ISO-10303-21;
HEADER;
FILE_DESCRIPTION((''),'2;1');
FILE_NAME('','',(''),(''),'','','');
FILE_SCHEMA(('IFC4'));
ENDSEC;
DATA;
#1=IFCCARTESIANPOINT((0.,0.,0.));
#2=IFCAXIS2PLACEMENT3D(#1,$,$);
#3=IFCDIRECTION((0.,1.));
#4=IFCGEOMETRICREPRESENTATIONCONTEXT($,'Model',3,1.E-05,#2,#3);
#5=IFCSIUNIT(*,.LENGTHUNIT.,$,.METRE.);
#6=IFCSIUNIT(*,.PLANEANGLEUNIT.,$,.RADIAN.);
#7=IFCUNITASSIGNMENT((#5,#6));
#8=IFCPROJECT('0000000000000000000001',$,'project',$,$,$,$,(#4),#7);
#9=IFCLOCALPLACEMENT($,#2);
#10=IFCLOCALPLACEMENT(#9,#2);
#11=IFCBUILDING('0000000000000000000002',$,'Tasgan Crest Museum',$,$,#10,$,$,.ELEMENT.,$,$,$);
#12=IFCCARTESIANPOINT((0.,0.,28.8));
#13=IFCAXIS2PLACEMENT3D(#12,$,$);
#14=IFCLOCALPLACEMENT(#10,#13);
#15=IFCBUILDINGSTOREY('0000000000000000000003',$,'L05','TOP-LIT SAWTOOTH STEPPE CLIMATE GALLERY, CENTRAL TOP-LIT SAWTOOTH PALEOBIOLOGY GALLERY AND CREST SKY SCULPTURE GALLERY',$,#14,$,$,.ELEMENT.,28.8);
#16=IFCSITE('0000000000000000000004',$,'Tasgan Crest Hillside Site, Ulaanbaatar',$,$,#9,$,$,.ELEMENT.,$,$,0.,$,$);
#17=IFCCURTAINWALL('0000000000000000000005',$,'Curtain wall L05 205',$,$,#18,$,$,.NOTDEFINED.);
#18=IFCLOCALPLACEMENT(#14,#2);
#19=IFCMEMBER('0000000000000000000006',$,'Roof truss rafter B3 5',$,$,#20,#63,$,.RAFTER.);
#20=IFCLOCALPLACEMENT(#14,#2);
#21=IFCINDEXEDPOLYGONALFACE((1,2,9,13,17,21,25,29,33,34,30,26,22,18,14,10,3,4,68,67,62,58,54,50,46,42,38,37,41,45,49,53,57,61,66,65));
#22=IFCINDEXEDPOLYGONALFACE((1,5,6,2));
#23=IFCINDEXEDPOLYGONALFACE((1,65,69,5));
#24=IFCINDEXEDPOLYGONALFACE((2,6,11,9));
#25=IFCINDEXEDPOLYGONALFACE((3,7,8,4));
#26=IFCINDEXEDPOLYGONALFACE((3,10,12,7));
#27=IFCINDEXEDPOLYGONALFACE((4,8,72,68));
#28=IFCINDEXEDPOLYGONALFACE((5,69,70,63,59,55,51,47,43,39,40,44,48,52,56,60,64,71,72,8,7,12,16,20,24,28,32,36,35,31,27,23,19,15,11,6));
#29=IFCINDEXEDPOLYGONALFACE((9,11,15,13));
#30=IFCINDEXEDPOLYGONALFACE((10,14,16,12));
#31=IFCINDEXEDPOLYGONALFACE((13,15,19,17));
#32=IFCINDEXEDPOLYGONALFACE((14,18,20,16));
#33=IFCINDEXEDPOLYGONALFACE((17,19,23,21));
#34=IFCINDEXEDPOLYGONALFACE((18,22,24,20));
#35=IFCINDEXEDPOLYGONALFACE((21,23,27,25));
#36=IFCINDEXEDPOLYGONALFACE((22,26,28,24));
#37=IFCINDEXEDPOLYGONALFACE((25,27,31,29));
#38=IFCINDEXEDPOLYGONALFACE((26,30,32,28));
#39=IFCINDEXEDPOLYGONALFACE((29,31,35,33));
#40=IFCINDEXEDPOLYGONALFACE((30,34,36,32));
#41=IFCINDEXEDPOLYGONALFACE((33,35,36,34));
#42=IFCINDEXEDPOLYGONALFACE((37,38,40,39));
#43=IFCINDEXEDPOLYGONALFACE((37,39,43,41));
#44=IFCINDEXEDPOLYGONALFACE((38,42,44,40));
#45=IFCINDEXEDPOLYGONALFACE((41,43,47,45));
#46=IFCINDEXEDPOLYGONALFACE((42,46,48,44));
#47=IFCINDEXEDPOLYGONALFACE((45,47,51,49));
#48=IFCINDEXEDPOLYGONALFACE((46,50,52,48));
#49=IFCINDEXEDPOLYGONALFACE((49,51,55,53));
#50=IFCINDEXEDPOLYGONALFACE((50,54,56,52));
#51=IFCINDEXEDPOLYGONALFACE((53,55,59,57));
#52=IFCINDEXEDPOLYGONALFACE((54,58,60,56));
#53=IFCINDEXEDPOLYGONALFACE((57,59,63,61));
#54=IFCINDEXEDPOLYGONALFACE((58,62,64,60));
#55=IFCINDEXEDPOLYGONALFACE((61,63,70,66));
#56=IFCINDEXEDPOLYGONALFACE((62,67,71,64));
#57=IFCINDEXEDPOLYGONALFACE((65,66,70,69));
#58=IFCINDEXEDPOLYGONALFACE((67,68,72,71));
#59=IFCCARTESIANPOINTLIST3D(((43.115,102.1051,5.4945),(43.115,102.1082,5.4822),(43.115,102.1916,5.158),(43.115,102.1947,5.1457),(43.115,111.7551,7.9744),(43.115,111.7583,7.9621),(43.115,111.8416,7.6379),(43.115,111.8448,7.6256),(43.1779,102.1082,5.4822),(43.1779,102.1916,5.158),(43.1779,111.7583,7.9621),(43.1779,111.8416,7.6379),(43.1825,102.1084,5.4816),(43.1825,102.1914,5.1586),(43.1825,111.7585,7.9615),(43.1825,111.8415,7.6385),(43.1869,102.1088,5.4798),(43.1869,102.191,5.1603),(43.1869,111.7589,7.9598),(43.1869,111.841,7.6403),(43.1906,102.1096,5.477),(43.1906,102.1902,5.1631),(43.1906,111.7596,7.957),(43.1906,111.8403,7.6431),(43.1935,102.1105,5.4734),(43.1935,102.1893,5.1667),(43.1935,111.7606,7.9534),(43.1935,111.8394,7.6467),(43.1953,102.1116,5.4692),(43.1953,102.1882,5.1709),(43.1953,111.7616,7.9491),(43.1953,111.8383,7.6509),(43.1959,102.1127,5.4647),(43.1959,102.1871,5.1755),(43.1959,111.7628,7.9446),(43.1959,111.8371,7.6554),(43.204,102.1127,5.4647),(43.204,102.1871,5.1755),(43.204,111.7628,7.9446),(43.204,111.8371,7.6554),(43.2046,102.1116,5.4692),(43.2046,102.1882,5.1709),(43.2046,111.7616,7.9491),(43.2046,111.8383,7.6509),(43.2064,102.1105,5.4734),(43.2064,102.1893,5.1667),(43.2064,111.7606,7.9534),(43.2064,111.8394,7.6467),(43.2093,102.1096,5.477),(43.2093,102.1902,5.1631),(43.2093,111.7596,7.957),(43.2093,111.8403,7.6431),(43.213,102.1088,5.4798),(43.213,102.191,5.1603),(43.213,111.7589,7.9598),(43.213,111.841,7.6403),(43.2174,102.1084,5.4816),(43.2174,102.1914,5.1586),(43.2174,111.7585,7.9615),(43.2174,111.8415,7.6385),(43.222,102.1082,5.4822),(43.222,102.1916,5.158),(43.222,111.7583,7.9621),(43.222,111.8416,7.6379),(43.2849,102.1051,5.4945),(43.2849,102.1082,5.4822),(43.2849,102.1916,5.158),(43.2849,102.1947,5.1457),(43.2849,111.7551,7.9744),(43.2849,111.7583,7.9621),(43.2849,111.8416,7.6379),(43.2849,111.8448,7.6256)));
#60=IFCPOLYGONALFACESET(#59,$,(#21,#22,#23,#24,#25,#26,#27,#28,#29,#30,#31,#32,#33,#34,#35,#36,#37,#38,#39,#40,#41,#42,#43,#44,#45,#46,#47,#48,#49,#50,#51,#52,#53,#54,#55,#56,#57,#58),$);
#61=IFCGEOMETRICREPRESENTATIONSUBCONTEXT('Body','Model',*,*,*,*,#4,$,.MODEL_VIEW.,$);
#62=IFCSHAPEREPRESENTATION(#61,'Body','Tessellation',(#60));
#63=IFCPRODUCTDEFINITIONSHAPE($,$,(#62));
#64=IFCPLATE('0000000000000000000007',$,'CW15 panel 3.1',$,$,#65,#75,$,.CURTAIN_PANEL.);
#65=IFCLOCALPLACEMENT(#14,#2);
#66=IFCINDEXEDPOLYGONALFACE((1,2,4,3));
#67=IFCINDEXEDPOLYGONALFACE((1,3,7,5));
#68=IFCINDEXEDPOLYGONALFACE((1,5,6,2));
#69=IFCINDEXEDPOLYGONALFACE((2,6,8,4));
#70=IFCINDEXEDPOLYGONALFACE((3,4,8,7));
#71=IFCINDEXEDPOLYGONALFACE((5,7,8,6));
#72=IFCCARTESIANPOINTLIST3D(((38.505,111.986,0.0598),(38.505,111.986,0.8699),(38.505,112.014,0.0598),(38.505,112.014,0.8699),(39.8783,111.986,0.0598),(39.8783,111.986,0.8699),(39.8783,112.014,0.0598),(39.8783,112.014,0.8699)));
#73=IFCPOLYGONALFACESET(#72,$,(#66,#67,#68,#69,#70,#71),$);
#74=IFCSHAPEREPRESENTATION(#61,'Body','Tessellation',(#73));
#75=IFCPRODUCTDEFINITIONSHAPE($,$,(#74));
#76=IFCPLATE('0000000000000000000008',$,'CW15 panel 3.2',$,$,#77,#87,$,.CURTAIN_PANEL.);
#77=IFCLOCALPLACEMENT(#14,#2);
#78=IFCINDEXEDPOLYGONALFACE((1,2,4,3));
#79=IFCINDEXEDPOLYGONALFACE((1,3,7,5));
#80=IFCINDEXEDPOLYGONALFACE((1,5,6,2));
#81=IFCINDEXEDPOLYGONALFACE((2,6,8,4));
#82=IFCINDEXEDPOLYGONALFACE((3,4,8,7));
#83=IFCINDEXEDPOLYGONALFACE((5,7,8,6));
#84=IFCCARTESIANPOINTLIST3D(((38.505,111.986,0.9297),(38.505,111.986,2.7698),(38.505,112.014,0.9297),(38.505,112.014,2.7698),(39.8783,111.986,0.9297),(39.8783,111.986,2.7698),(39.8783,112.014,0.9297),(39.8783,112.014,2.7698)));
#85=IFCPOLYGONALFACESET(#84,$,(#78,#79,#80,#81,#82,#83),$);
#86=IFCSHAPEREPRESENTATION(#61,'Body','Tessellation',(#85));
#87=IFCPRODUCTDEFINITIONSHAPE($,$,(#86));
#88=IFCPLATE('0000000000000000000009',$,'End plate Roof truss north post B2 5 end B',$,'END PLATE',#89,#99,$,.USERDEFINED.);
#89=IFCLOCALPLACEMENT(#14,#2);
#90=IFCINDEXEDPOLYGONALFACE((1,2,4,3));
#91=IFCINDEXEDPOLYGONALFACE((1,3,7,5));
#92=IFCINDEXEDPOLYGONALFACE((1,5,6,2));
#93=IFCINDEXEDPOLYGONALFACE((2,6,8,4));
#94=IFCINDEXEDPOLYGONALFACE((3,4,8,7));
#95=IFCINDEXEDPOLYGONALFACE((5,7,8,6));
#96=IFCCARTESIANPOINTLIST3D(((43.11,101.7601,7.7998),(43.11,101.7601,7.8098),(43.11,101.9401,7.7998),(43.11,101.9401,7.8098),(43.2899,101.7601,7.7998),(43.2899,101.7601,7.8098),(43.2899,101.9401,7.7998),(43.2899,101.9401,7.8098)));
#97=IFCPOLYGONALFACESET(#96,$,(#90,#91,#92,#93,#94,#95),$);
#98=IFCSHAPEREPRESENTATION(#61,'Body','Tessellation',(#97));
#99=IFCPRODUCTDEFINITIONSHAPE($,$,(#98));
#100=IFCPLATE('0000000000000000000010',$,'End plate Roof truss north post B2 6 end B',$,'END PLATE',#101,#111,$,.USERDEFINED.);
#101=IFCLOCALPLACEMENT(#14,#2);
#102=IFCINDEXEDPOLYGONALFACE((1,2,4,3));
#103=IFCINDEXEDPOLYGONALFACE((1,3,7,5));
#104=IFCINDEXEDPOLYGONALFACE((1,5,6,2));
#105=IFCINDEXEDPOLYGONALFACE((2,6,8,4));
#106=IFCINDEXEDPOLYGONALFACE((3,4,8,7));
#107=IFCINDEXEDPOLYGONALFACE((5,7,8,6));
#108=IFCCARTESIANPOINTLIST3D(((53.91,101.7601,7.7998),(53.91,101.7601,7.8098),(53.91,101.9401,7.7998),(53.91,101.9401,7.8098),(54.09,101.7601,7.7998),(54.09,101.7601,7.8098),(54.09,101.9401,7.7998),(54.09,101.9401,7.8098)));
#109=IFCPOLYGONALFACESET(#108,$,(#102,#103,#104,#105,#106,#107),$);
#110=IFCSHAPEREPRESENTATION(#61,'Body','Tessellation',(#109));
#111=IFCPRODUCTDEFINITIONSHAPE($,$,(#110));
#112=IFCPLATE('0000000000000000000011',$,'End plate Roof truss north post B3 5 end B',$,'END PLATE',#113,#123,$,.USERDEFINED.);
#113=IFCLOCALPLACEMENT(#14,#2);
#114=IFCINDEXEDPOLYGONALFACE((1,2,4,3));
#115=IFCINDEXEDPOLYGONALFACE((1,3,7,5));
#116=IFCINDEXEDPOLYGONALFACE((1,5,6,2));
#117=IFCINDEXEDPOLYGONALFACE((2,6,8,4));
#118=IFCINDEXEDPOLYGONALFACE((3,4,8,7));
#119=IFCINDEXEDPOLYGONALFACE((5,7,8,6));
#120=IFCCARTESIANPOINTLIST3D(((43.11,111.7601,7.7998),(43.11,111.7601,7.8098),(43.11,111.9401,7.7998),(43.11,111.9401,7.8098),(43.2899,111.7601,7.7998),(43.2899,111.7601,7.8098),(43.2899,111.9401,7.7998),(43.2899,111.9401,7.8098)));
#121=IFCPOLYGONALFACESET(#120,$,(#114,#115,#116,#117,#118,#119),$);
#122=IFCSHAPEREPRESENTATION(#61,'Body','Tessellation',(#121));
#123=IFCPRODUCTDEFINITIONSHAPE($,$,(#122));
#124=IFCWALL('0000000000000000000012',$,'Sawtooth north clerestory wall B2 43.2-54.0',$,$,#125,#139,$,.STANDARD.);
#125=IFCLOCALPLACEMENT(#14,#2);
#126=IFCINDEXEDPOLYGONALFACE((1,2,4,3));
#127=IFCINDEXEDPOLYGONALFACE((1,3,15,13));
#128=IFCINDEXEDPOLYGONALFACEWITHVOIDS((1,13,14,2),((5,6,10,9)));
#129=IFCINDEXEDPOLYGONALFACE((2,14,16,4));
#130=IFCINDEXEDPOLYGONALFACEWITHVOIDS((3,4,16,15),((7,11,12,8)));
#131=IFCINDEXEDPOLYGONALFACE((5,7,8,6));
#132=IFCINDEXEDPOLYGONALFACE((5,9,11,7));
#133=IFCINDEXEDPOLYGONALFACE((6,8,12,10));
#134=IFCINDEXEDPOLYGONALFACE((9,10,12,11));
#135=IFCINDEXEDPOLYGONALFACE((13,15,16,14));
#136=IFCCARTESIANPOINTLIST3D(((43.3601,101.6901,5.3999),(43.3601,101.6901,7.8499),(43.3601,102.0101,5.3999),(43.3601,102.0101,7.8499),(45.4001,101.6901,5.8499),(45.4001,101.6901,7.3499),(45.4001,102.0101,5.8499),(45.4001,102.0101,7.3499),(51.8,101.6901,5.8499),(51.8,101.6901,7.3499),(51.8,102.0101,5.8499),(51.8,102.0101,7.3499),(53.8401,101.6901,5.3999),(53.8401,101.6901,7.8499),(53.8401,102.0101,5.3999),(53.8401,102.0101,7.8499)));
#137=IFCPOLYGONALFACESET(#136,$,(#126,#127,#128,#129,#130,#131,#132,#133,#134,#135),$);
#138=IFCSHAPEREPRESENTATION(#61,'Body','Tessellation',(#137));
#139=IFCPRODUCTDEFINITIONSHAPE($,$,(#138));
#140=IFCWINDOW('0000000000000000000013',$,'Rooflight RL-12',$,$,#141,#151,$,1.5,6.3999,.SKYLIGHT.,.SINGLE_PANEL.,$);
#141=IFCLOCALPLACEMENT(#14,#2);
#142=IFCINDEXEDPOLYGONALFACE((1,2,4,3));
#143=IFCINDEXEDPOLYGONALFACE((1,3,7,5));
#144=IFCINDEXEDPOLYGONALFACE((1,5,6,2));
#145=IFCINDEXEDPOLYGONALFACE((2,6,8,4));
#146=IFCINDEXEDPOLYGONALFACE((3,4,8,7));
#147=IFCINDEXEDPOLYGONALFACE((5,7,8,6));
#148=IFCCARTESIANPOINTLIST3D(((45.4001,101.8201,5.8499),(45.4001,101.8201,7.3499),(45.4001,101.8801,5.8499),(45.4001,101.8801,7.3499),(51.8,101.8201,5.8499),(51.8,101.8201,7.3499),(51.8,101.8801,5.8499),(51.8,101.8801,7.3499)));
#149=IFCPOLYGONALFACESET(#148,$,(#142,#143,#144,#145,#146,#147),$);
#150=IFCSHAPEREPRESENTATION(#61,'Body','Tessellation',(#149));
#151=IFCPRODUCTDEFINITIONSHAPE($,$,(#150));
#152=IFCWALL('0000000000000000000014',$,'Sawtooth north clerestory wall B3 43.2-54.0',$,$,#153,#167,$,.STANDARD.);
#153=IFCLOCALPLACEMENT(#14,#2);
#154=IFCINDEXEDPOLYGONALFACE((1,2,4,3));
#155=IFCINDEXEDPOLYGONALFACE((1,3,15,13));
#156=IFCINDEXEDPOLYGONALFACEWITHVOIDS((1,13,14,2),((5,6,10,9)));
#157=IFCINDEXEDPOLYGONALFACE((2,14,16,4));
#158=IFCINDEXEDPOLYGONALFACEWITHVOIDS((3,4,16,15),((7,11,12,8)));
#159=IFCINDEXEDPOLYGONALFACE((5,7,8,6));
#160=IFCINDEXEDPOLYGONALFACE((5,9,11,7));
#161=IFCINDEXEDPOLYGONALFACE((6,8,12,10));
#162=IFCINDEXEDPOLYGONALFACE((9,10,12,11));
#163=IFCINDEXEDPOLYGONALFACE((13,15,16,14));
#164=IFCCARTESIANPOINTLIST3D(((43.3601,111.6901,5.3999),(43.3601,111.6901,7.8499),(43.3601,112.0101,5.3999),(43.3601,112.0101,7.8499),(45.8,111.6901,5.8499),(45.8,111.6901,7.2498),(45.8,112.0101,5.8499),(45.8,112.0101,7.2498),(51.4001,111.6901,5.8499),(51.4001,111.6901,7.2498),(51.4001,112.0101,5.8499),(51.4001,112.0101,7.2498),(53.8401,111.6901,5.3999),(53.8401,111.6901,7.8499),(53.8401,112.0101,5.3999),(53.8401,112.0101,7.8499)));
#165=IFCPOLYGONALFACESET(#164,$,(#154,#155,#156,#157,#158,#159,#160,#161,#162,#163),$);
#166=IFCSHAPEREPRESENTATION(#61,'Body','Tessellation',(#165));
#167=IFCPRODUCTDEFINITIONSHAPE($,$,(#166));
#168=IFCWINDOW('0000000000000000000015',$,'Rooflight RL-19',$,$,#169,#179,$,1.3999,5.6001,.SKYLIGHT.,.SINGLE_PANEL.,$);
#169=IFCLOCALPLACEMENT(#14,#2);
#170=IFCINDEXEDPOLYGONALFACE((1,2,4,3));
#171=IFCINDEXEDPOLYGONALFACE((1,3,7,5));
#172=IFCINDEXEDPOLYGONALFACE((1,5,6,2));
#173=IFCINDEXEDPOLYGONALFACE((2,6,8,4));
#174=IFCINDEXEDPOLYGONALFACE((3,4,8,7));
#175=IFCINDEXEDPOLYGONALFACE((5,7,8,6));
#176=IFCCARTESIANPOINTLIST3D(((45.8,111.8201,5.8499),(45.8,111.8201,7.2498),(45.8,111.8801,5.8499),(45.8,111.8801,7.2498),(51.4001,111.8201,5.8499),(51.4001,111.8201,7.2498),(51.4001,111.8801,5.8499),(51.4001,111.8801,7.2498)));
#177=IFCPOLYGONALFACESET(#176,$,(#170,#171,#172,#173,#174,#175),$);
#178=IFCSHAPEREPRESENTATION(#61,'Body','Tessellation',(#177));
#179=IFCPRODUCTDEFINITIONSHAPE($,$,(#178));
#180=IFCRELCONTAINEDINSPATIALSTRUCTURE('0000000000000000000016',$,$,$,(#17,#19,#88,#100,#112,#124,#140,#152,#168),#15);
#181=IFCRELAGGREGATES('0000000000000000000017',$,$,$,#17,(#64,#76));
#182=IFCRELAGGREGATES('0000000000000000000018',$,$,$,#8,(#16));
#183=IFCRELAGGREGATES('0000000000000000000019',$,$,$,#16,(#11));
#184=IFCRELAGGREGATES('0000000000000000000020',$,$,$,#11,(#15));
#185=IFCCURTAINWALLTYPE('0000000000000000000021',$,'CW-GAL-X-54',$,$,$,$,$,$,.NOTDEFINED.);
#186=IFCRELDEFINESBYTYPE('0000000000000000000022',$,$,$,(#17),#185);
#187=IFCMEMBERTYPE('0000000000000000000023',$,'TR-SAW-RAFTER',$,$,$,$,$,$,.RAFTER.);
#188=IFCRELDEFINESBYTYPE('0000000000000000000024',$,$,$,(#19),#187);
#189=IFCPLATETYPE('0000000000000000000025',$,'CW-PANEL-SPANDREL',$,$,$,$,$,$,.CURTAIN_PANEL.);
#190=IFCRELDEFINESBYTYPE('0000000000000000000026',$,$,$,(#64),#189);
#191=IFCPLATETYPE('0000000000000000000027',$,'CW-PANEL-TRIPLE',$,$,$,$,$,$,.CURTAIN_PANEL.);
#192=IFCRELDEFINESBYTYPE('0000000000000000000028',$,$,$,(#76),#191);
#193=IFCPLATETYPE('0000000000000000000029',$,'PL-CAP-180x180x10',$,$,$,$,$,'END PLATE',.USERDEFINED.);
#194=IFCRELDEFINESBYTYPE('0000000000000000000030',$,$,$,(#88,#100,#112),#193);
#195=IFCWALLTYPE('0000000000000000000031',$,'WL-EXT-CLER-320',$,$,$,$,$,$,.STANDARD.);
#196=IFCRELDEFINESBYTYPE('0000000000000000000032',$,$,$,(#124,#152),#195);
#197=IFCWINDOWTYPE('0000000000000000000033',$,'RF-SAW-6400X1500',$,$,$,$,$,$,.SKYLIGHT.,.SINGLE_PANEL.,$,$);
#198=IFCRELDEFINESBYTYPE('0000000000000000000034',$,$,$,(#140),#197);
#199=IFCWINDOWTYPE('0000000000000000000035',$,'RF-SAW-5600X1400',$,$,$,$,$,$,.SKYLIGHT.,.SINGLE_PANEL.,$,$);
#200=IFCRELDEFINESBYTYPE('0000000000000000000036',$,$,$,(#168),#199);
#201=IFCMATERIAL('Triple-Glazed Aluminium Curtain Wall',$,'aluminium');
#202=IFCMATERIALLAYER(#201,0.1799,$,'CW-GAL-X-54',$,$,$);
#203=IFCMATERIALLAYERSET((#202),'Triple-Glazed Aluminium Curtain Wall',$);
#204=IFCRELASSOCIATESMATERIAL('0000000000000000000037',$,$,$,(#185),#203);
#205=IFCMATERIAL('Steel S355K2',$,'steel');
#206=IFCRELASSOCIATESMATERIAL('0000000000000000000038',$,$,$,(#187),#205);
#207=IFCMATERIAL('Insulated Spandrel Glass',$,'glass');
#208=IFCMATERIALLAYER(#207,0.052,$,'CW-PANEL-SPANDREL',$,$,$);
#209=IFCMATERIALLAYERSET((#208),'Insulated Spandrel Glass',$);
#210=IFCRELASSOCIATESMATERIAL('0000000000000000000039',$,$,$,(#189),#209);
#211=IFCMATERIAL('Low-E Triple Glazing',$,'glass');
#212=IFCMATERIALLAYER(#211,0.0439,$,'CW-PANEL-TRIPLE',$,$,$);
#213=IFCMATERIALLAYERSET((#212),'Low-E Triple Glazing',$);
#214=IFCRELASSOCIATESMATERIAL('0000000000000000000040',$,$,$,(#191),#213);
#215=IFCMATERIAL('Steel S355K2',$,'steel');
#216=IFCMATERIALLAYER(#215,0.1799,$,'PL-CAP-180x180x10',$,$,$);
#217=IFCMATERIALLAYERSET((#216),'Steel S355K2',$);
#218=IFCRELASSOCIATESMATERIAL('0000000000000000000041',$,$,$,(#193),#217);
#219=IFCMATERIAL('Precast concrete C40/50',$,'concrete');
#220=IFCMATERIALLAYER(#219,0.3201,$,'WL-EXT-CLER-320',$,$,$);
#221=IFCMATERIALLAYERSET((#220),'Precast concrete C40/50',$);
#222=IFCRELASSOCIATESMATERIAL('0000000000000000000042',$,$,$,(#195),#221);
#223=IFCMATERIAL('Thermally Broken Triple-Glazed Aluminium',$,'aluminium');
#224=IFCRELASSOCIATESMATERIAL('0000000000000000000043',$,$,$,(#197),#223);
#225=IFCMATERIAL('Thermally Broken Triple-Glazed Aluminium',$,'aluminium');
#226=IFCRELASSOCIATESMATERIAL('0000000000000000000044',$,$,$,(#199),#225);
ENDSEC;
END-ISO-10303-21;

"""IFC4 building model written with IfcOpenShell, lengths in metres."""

from ifc_helpers import new_model, si_unit, direction, frame, frame_2d, origin, origin_2d, place, context, subcontext, project, spatial, rectangle, i_section, extrude, material, layer, layer_set, material_profile, profile_set, type_object, element, fill, aggregate, save


model = new_model("IFC4")

# Units and contexts
model_context = context("Model", 3, precision=1e-05, world=origin(), true_north=direction((0.0, 1.0)))
body_context = subcontext(model_context, "Body", "Model", "MODEL_VIEW")
ifc_project = project(units=[si_unit("LENGTHUNIT", "METRE"), si_unit("PLANEANGLEUNIT", "RADIAN")], contexts=[model_context])

# Site, building, storey
site_placement = place(None, origin())
site = spatial("IfcSite", under=ifc_project, at=site_placement, Name="Tasgan Crest Hillside Site, Ulaanbaatar", CompositionType="ELEMENT", RefElevation=0.0)
building_placement = place(site_placement, origin())
building = spatial("IfcBuilding", under=site, at=building_placement, Name="Tasgan Crest Museum", CompositionType="ELEMENT")
storey_placement = place(building_placement, frame((0.0, 0.0, 28.8)))
storey = spatial("IfcBuildingStorey", under=building, at=storey_placement, Name="L05", Description="TOP-LIT SAWTOOTH STEPPE CLIMATE GALLERY, CENTRAL TOP-LIT SAWTOOTH PALEOBIOLOGY GALLERY AND CREST SKY SCULPTURE GALLERY", CompositionType="ELEMENT", Elevation=28.8)

# Curtain wall
ifc_material_1 = material(Name="Triple-Glazed Aluminium Curtain Wall", Category="aluminium")
ifc_layer_1 = layer(ifc_material_1, 0.1799, Name="CW-GAL-X-54")
ifc_layer_set_1 = layer_set([ifc_layer_1], Name="Triple-Glazed Aluminium Curtain Wall")
curtain_wall_type = type_object("IfcCurtainWallType", Name="CW-GAL-X-54", PredefinedType="NOTDEFINED", material=ifc_layer_set_1)
curtain_wall_1_placement = place(storey_placement, origin())
curtain_wall_1 = element("IfcCurtainWall", 1, at=curtain_wall_1_placement, inside=storey, type_object=curtain_wall_type, Name="Curtain wall L05 205", PredefinedType="NOTDEFINED")

# Member
ifc_material_2 = material(Name="Steel S355K2", Category="steel")
ifc_material_profile_1 = material_profile(ifc_material_2, i_section(OverallWidth=0.1699, OverallDepth=0.3601, WebThickness=0.0081, FlangeThickness=0.0127, FilletRadius=0.0181, at=origin_2d()), Name="IPE 360")
ifc_profile_set_1 = profile_set([ifc_material_profile_1], Name="Steel S355K2")
member_type_1 = type_object("IfcMemberType", Name="TR-SAW-RAFTER", PredefinedType="RAFTER", material=ifc_profile_set_1)
member_1_placement = place(storey_placement, frame((43.2, 102.1499, 5.3201), z_axis=(0.0, 0.968529, 0.248901), x_axis=(-1.0, 0.0, 0.0)))
element("IfcMember", 2, at=member_1_placement, inside=storey, type_object=member_type_1, Name="Roof truss rafter B3 5", PredefinedType="RAFTER", context=body_context, shape_type="SweptSolid", body=[
    extrude(i_section(OverallWidth=0.1699, OverallDepth=0.3601, WebThickness=0.0081, FlangeThickness=0.0127, FilletRadius=0.0181, at=origin_2d()), origin(), (0.0, 0.0, 1.0), 9.9636),
])

# Plates
ifc_material_3 = material(Name="Insulated Spandrel Glass", Category="glass")
ifc_layer_2 = layer(ifc_material_3, 0.052, Name="CW-PANEL-SPANDREL")
ifc_layer_set_2 = layer_set([ifc_layer_2], Name="Insulated Spandrel Glass")
plate_type_1 = type_object("IfcPlateType", Name="CW-PANEL-SPANDREL", PredefinedType="CURTAIN_PANEL", material=ifc_layer_set_2)
plate_1_placement = place(storey_placement, frame((39.1917, 112.0, 0.0598), z_axis=(0.0, 0.0, 1.0), x_axis=(-1.0, 0.0, 0.0)))
plate_1 = element("IfcPlate", 3, at=plate_1_placement, type_object=plate_type_1, Name="CW15 panel 3.1", PredefinedType="CURTAIN_PANEL", context=body_context, shape_type="SweptSolid", body=[
    extrude(rectangle(XDim=1.3733, YDim=0.0281, at=origin_2d()), origin(), (0.0, 0.0, 1.0), 0.8101),
])
ifc_material_4 = material(Name="Low-E Triple Glazing", Category="glass")
ifc_layer_3 = layer(ifc_material_4, 0.0439, Name="CW-PANEL-TRIPLE")
ifc_layer_set_3 = layer_set([ifc_layer_3], Name="Low-E Triple Glazing")
plate_type_2 = type_object("IfcPlateType", Name="CW-PANEL-TRIPLE", PredefinedType="CURTAIN_PANEL", material=ifc_layer_set_3)
plate_2_placement = place(storey_placement, frame((39.1917, 112.0, 0.9297), z_axis=(0.0, 0.0, 1.0), x_axis=(-1.0, 0.0, 0.0)))
plate_2 = element("IfcPlate", 4, at=plate_2_placement, type_object=plate_type_2, Name="CW15 panel 3.2", PredefinedType="CURTAIN_PANEL", context=body_context, shape_type="SweptSolid", body=[
    extrude(rectangle(XDim=1.3733, YDim=0.0281, at=origin_2d()), origin(), (0.0, 0.0, 1.0), 1.8401),
])
aggregate(curtain_wall_1, [plate_1, plate_2])

# Plates
ifc_material_5 = material(Name="Steel S355K2", Category="steel")
ifc_layer_4 = layer(ifc_material_5, 0.1799, Name="PL-CAP-180x180x10")
ifc_layer_set_4 = layer_set([ifc_layer_4], Name="Steel S355K2")
plate_type_3 = type_object("IfcPlateType", Name="PL-CAP-180x180x10", ElementType="END PLATE", PredefinedType="USERDEFINED", material=ifc_layer_set_4)
for number, where, z_axis, x_axis, name in (
    (5, (43.2, 101.8501, 7.7998), (0.0, 0.0, 1.0), (1.0, 0.0, 0.0), "End plate Roof truss north post B2 5 end B"),
    (6, (54.0, 101.8501, 7.7998), (0.0, 0.0, 1.0), (1.0, 0.0, 0.0), "End plate Roof truss north post B2 6 end B"),
    (7, (43.2, 111.8501, 7.7998), (0.0, 0.0, 1.0), (1.0, 0.0, 0.0), "End plate Roof truss north post B3 5 end B"),
):
    element("IfcPlate", number, at=place(storey_placement, frame(where, z_axis=z_axis, x_axis=x_axis)), inside=storey, type_object=plate_type_3, Name=name, ObjectType="END PLATE", PredefinedType="USERDEFINED", context=body_context, shape_type="SweptSolid", body=[
        extrude(rectangle(XDim=0.1799, YDim=0.1799, at=origin_2d()), origin(), (0.0, 0.0, 1.0), 0.01),
    ])

# Walls, openings, windows
ifc_material_6 = material(Name="Precast concrete C40/50", Category="concrete")
ifc_layer_5 = layer(ifc_material_6, 0.3201, Name="WL-EXT-CLER-320")
ifc_layer_set_5 = layer_set([ifc_layer_5], Name="Precast concrete C40/50")
wall_type_1 = type_object("IfcWallType", Name="WL-EXT-CLER-320", PredefinedType="STANDARD", material=ifc_layer_set_5)
wall_1_placement = place(storey_placement, frame((43.3601, 101.8501, 5.3999), z_axis=(0.0, 0.0, 1.0), x_axis=(1.0, 0.0, 0.0)))
wall_1 = element("IfcWall", 8, at=wall_1_placement, inside=storey, type_object=wall_type_1, Name="Sawtooth north clerestory wall B2 43.2-54.0", PredefinedType="STANDARD", context=body_context, shape_type="SweptSolid", body=[
    extrude(rectangle(XDim=10.48, YDim=0.3201, at=frame_2d((5.24, 0.0))), origin(), (0.0, 0.0, 1.0), 2.45),
])
opening_1_placement = place(wall_1_placement, frame((2.04, 0.0, 0.45)))
opening_1 = element("IfcOpeningElement", 9, at=opening_1_placement, cuts=wall_1, PredefinedType="OPENING", context=body_context, shape_type="SweptSolid", body=[
    extrude(rectangle(XDim=6.3999, YDim=1.5, at=frame_2d((3.2, 0.75))), frame((0.0, 0.1699, 0.0), z_axis=(0.0, -1.0, 0.0), x_axis=(1.0, 0.0, 0.0)), (0.0, 0.0, 1.0), 0.3401),
])
ifc_material_7 = material(Name="Thermally Broken Triple-Glazed Aluminium", Category="aluminium")
window_type_1 = type_object("IfcWindowType", Name="RF-SAW-6400X1500", PartitioningType="SINGLE_PANEL", PredefinedType="SKYLIGHT", material=ifc_material_7)
window_1_placement = place(opening_1_placement, origin())
window_1 = element("IfcWindow", 10, at=window_1_placement, inside=storey, type_object=window_type_1, Name="Rooflight RL-12", OverallHeight=1.5, OverallWidth=6.3999, PartitioningType="SINGLE_PANEL", PredefinedType="SKYLIGHT", context=body_context, shape_type="SweptSolid", body=[
    extrude(rectangle(XDim=6.3999, YDim=1.5, at=frame_2d((3.2, 0.75))), frame((0.0, 0.03, 0.0), z_axis=(0.0, -1.0, 0.0), x_axis=(1.0, 0.0, 0.0)), (0.0, 0.0, 1.0), 0.0601),
])
fill(opening_1, window_1)
wall_2_placement = place(storey_placement, frame((43.3601, 111.8501, 5.3999), z_axis=(0.0, 0.0, 1.0), x_axis=(1.0, 0.0, 0.0)))
wall_2 = element("IfcWall", 11, at=wall_2_placement, inside=storey, type_object=wall_type_1, Name="Sawtooth north clerestory wall B3 43.2-54.0", PredefinedType="STANDARD", context=body_context, shape_type="SweptSolid", body=[
    extrude(rectangle(XDim=10.48, YDim=0.3201, at=frame_2d((5.24, 0.0))), origin(), (0.0, 0.0, 1.0), 2.45),
])
opening_2_placement = place(wall_2_placement, frame((2.4399, 0.0, 0.45)))
opening_2 = element("IfcOpeningElement", 12, at=opening_2_placement, cuts=wall_2, PredefinedType="OPENING", context=body_context, shape_type="SweptSolid", body=[
    extrude(rectangle(XDim=5.6001, YDim=1.3999, at=frame_2d((2.8, 0.7))), frame((0.0, 0.1699, 0.0), z_axis=(0.0, -1.0, 0.0), x_axis=(1.0, 0.0, 0.0)), (0.0, 0.0, 1.0), 0.3401),
])
ifc_material_8 = material(Name="Thermally Broken Triple-Glazed Aluminium", Category="aluminium")
window_type_2 = type_object("IfcWindowType", Name="RF-SAW-5600X1400", PartitioningType="SINGLE_PANEL", PredefinedType="SKYLIGHT", material=ifc_material_8)
window_2_placement = place(opening_2_placement, origin())
window_2 = element("IfcWindow", 13, at=window_2_placement, inside=storey, type_object=window_type_2, Name="Rooflight RL-19", OverallHeight=1.3999, OverallWidth=5.6001, PartitioningType="SINGLE_PANEL", PredefinedType="SKYLIGHT", context=body_context, shape_type="SweptSolid", body=[
    extrude(rectangle(XDim=5.6001, YDim=1.3999, at=frame_2d((2.8, 0.7))), frame((0.0, 0.03, 0.0), z_axis=(0.0, -1.0, 0.0), x_axis=(1.0, 0.0, 0.0)), (0.0, 0.0, 1.0), 0.0601),
])
fill(opening_2, window_2)

save(model, "model.ifc")
